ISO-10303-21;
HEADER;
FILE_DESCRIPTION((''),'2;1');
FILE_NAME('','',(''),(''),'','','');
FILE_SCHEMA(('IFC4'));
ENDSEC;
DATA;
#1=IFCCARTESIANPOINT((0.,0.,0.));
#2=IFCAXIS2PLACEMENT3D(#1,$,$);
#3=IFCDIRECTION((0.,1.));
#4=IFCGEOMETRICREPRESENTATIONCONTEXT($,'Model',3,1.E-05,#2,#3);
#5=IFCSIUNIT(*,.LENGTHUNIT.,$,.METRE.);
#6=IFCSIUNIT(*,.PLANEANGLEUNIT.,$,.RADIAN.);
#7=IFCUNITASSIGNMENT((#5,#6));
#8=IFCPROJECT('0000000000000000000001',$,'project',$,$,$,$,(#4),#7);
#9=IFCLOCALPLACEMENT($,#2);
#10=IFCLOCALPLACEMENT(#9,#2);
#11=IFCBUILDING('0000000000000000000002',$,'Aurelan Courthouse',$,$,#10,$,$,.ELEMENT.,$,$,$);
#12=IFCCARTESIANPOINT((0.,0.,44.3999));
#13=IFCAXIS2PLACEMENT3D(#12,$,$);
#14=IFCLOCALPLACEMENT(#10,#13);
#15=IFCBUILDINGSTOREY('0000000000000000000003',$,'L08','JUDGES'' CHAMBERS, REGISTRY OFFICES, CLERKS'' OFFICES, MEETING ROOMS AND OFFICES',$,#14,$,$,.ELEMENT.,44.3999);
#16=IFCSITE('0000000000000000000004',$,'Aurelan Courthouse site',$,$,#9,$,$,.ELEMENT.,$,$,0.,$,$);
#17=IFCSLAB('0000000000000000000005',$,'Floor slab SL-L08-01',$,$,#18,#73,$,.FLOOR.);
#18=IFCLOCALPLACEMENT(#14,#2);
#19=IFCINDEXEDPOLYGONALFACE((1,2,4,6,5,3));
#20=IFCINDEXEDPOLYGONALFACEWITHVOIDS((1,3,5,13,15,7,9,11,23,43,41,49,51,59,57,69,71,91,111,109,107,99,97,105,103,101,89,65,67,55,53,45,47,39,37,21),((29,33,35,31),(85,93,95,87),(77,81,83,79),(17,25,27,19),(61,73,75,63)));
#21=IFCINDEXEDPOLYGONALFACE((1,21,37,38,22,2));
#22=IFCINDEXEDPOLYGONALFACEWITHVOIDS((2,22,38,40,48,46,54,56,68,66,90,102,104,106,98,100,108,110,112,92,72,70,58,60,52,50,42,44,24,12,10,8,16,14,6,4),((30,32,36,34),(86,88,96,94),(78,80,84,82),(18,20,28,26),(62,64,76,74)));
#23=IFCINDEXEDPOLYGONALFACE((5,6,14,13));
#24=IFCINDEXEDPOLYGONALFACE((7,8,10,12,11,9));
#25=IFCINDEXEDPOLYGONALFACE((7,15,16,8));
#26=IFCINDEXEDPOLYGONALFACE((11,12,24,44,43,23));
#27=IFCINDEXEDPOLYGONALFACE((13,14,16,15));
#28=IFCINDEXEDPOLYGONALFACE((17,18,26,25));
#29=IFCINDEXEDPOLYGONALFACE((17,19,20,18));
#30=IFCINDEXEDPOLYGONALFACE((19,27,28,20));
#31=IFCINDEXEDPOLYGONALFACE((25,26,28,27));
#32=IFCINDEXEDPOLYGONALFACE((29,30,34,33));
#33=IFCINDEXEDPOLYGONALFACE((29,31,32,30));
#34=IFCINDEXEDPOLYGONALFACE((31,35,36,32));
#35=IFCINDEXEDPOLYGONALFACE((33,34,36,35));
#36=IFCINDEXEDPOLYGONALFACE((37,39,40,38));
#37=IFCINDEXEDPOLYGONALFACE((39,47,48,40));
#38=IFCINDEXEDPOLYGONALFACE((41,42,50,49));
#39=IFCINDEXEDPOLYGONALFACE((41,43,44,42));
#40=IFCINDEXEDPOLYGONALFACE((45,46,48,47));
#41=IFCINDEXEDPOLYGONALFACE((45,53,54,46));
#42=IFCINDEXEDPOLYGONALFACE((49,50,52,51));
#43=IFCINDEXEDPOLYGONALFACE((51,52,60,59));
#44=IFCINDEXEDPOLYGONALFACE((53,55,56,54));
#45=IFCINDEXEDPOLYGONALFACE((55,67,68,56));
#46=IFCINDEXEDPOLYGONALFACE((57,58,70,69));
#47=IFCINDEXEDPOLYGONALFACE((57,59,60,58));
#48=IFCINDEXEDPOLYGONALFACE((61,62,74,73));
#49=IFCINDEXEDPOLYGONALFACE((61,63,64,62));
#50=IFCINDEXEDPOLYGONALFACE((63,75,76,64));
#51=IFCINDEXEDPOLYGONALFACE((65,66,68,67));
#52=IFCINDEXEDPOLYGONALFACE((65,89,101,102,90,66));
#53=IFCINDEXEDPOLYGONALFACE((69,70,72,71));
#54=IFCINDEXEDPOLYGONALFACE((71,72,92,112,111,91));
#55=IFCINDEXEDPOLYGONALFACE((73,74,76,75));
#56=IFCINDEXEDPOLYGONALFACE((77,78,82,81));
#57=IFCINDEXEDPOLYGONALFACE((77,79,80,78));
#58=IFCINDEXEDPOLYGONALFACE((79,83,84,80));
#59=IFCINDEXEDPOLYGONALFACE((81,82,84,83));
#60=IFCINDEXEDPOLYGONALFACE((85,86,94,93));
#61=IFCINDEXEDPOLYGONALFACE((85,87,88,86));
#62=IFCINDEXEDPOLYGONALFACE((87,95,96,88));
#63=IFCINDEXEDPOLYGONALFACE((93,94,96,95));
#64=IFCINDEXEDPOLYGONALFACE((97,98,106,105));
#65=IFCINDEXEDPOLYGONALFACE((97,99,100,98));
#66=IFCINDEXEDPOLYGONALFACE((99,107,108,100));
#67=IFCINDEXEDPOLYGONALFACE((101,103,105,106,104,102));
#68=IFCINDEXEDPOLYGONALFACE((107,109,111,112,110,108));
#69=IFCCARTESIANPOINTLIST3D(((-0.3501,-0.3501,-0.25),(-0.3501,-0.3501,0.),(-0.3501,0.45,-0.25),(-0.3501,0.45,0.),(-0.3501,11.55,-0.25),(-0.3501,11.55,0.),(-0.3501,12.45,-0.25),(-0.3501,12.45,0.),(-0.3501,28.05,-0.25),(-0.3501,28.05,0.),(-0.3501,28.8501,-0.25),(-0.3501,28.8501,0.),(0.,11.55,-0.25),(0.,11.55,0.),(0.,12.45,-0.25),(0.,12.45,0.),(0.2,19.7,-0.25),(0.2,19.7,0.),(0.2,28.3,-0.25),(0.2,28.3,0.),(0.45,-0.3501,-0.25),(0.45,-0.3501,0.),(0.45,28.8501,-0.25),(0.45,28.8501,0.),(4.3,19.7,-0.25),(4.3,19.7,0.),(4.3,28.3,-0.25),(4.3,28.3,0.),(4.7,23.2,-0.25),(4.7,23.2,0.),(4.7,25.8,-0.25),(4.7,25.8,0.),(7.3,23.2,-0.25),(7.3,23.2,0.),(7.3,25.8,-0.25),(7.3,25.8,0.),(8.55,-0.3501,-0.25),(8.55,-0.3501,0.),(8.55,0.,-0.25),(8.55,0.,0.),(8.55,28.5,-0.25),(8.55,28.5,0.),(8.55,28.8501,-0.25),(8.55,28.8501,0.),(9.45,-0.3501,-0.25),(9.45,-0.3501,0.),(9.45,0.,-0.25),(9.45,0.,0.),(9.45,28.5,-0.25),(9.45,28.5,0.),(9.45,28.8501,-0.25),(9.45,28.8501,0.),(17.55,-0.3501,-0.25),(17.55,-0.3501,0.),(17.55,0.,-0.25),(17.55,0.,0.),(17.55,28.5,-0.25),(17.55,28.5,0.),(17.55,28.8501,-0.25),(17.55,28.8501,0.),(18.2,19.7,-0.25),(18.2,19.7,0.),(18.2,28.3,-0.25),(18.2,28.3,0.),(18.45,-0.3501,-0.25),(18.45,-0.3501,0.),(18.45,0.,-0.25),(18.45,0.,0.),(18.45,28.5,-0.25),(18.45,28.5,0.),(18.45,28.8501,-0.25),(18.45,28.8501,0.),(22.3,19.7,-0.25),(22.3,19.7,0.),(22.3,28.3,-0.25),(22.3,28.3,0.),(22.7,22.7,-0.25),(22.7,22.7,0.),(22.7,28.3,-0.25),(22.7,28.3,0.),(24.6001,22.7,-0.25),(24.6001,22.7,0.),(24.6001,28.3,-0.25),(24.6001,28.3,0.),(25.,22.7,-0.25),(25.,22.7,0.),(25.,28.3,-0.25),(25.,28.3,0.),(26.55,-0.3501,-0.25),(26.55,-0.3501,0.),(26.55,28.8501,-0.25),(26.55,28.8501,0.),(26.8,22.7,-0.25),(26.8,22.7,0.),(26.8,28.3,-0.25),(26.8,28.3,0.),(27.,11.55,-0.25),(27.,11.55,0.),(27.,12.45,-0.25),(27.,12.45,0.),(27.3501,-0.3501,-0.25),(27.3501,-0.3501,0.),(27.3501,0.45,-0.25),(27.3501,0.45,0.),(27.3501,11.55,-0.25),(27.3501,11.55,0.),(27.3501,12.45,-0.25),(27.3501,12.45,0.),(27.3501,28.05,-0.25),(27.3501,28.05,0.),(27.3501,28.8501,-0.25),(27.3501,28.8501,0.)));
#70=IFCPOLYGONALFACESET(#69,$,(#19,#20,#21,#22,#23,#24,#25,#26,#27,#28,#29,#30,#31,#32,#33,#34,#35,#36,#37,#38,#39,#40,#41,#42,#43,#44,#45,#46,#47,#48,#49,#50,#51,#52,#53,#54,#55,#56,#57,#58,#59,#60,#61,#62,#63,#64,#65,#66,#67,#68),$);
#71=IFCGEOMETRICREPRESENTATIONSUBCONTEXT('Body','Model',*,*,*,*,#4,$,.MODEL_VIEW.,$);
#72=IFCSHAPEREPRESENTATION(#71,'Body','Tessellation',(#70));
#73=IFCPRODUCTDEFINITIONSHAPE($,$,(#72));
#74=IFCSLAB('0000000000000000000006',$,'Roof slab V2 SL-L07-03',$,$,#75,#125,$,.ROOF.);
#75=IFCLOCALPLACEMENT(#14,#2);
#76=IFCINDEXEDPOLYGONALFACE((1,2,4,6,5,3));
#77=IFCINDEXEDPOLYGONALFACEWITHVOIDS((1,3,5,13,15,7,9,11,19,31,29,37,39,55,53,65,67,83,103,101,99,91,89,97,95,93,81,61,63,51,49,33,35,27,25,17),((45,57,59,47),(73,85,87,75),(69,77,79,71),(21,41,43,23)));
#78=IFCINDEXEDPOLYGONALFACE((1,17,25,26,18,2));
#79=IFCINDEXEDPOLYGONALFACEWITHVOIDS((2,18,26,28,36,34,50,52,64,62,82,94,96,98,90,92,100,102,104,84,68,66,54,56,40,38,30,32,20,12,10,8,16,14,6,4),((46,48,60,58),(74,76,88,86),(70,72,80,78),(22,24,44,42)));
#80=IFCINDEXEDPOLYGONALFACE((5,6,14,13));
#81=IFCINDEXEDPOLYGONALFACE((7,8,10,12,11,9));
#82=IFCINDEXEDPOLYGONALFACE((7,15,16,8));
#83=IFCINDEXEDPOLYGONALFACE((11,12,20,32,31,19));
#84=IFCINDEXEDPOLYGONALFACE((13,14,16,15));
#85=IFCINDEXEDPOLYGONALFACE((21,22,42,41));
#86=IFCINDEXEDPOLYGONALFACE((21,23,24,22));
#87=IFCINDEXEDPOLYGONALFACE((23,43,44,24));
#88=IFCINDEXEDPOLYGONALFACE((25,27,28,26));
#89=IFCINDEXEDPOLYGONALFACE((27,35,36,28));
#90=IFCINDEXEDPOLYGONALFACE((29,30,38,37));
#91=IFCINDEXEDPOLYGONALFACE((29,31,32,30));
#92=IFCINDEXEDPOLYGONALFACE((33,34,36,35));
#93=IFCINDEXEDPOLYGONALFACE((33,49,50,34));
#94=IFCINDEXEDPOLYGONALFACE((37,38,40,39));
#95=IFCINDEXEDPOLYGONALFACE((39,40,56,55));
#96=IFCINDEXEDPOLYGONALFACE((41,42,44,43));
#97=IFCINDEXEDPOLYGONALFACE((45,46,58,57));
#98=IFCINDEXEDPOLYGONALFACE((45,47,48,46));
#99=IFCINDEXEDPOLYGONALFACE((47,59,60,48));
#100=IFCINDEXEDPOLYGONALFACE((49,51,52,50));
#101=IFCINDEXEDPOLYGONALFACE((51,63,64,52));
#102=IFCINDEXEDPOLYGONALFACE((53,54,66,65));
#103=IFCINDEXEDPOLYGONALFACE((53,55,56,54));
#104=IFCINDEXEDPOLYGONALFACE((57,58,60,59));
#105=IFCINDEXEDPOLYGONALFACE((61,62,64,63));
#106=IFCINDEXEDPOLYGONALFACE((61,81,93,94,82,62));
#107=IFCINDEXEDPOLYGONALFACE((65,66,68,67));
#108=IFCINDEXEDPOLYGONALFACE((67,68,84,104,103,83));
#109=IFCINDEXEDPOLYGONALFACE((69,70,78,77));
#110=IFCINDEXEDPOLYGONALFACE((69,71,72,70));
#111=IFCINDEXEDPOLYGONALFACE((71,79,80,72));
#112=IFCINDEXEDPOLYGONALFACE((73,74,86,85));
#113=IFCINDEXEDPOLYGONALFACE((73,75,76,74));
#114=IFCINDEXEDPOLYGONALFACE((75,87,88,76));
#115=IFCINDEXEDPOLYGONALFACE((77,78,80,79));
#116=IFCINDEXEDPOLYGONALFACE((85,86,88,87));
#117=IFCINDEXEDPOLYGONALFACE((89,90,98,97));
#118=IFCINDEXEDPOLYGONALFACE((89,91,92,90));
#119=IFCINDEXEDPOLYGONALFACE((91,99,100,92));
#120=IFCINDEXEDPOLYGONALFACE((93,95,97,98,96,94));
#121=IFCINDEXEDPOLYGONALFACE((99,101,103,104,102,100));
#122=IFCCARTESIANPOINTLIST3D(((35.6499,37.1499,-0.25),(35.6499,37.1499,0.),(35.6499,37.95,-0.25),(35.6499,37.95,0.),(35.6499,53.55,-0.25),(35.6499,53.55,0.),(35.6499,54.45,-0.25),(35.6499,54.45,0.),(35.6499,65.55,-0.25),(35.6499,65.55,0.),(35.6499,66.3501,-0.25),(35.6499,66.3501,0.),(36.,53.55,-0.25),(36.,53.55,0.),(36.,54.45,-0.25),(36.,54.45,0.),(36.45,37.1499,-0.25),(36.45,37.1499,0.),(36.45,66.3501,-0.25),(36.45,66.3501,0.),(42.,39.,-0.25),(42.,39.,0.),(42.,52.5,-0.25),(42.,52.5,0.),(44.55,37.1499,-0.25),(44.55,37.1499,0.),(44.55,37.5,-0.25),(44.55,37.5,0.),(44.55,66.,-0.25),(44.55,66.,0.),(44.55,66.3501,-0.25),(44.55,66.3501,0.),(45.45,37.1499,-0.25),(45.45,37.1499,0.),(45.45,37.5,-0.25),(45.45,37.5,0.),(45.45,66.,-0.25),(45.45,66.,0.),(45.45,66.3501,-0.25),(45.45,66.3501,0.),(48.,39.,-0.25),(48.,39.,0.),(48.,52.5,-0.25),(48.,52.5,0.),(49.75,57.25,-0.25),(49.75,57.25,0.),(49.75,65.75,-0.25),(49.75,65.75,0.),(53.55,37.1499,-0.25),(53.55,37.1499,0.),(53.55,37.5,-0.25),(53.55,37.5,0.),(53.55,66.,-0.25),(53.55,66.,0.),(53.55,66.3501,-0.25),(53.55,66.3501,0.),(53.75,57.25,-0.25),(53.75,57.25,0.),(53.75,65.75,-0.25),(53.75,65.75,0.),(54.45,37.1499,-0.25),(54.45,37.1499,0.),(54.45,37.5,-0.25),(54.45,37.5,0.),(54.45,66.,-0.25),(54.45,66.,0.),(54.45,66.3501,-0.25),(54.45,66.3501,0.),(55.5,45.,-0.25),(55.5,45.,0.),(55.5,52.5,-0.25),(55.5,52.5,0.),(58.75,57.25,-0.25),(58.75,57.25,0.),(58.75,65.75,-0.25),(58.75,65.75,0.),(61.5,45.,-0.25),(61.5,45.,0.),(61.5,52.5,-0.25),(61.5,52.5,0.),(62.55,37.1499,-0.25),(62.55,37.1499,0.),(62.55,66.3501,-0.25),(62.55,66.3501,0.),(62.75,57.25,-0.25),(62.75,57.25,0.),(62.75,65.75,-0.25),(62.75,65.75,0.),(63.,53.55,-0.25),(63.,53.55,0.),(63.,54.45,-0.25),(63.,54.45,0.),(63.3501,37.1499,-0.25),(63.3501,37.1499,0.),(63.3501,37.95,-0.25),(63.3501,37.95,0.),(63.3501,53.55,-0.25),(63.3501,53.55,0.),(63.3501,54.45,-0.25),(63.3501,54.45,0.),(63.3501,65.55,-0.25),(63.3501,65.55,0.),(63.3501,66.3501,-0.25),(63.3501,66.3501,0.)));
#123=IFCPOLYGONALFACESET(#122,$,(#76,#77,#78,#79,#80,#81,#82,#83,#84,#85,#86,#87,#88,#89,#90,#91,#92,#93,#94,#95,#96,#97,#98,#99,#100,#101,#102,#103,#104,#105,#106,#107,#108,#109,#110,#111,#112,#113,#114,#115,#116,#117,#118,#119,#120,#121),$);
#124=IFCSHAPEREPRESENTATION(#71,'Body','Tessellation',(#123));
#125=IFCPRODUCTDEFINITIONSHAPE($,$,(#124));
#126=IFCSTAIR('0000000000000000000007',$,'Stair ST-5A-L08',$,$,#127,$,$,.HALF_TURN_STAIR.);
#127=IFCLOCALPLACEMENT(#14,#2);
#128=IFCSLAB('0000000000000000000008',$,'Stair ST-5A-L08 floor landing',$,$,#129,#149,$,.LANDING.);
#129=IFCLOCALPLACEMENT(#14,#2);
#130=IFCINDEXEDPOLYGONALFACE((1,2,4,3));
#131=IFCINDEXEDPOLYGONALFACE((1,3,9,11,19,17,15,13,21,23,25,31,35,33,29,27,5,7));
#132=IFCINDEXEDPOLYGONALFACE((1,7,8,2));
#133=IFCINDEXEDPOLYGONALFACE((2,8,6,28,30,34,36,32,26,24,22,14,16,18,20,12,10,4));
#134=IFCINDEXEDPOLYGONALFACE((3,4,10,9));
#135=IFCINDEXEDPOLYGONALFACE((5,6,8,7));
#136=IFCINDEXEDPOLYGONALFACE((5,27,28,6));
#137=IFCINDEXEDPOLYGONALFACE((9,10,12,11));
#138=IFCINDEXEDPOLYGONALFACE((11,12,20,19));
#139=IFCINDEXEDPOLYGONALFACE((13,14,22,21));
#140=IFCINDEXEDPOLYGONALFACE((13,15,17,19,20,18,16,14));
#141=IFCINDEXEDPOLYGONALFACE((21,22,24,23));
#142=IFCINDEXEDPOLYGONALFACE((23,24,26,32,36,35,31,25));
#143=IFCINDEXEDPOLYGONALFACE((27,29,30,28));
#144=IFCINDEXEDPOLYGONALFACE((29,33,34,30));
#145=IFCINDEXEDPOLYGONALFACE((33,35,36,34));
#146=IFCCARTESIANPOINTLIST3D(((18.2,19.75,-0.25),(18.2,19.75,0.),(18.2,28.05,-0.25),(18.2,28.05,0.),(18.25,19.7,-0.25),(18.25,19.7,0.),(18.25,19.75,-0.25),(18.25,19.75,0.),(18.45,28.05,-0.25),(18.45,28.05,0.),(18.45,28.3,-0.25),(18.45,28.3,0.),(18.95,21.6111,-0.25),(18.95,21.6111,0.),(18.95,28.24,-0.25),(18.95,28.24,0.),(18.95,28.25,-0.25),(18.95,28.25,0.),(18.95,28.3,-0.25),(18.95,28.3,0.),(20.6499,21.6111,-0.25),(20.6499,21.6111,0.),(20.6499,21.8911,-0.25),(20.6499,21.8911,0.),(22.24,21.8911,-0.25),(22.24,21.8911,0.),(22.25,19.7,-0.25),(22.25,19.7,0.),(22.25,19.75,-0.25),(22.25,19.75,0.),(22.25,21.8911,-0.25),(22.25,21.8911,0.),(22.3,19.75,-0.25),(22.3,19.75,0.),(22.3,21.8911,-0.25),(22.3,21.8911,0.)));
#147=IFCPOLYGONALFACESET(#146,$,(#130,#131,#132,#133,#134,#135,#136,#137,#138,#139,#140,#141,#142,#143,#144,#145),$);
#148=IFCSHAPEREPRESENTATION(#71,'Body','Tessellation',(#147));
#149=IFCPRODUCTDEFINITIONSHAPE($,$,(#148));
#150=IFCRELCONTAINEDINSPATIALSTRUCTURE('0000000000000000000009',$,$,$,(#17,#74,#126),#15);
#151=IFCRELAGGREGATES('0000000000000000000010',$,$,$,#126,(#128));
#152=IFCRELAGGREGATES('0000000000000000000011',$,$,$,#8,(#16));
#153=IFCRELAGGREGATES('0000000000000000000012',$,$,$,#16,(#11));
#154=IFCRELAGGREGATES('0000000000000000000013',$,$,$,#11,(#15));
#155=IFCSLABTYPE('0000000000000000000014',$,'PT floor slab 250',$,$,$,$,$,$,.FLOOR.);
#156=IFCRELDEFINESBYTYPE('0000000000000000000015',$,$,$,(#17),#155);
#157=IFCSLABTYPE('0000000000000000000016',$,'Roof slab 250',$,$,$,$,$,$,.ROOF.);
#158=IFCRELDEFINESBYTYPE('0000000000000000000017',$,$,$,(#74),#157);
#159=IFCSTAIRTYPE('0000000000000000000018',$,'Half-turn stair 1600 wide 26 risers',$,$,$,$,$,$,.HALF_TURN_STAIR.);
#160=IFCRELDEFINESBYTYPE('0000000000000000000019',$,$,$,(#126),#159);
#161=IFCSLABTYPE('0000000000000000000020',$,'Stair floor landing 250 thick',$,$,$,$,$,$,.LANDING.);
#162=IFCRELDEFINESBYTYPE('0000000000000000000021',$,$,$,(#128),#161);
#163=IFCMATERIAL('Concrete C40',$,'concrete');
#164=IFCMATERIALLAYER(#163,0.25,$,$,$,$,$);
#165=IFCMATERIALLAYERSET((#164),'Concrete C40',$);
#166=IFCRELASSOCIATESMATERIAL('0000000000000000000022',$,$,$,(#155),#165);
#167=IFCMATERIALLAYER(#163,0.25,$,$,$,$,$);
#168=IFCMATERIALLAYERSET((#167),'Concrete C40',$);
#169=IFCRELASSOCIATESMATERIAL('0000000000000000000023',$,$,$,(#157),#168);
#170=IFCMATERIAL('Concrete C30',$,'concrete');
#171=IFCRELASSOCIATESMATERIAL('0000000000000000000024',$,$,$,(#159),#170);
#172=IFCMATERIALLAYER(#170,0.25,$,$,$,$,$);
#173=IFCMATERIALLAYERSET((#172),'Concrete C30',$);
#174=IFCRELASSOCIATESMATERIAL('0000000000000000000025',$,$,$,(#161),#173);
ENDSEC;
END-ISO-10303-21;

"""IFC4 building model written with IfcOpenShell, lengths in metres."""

from ifc_helpers import new_model, si_unit, direction, frame, origin, place, context, subcontext, project, spatial, polyline, outline, extrude, material, layer, layer_set, type_object, element, aggregate, save


model = new_model("IFC4")

# Units and contexts
model_context = context("Model", 3, precision=1e-05, world=origin(), true_north=direction((0.0, 1.0)))
body_context = subcontext(model_context, "Body", "Model", "MODEL_VIEW")
ifc_project = project(units=[si_unit("LENGTHUNIT", "METRE"), si_unit("PLANEANGLEUNIT", "RADIAN")], contexts=[model_context])

# Site, building, storey
site_placement = place(None, origin())
site = spatial("IfcSite", under=ifc_project, at=site_placement, Name="Aurelan Courthouse site", CompositionType="ELEMENT", RefElevation=0.0)
building_placement = place(site_placement, origin())
building = spatial("IfcBuilding", under=site, at=building_placement, Name="Aurelan Courthouse", CompositionType="ELEMENT")
storey_placement = place(building_placement, frame((0.0, 0.0, 44.3999)))
storey = spatial("IfcBuildingStorey", under=building, at=storey_placement, Name="L08", Description="JUDGES' CHAMBERS, REGISTRY OFFICES, CLERKS' OFFICES, MEETING ROOMS AND OFFICES", CompositionType="ELEMENT", Elevation=44.3999)

# Slabs
ifc_material_1 = material(Name="Concrete C40", Category="concrete")
ifc_layer_1 = layer(ifc_material_1, 0.25)
ifc_layer_set_1 = layer_set([ifc_layer_1], Name="Concrete C40")
slab_type_1 = type_object("IfcSlabType", Name="PT floor slab 250", PredefinedType="FLOOR", material=ifc_layer_set_1)
slab_1_placement = place(storey_placement, frame((0.0, 0.0, -0.25)))
element("IfcSlab", 1, at=slab_1_placement, inside=storey, type_object=slab_type_1, Name="Floor slab SL-L08-01", PredefinedType="FLOOR", context=body_context, shape_type="SweptSolid", body=[
    extrude(outline(polyline([(0.0, 12.45), (0.0, 11.55), (-0.3501, 11.55), (-0.3501, 0.45), (-0.3501, -0.3501), (0.45, -0.3501), (8.55, -0.3501), (8.55, 0.0), (9.45, 0.0), (9.45, -0.3501), (17.55, -0.3501), (17.55, 0.0), (18.45, 0.0), (18.45, -0.3501), (26.55, -0.3501), (27.3501, -0.3501), (27.3501, 0.45), (27.3501, 11.55), (27.0, 11.55), (27.0, 12.45), (27.3501, 12.45), (27.3501, 28.05), (27.3501, 28.8501), (26.55, 28.8501), (18.45, 28.8501), (18.45, 28.5), (17.55, 28.5), (17.55, 28.8501), (9.45, 28.8501), (9.45, 28.5), (8.55, 28.5), (8.55, 28.8501), (0.45, 28.8501), (-0.3501, 28.8501), (-0.3501, 28.05), (-0.3501, 12.45), (0.0, 12.45)]), holes=[polyline([(26.8, 28.3), (26.8, 22.7), (25.0, 22.7), (25.0, 28.3), (26.8, 28.3)]), polyline([(22.7, 28.3), (24.6001, 28.3), (24.6001, 22.7), (22.7, 22.7), (22.7, 28.3)]), polyline([(22.3, 28.3), (22.3, 19.7), (18.2, 19.7), (18.2, 28.3), (22.3, 28.3)]), polyline([(4.7, 23.2), (4.7, 25.8), (7.3, 25.8), (7.3, 23.2), (4.7, 23.2)]), polyline([(4.3, 19.7), (0.2, 19.7), (0.2, 28.3), (4.3, 28.3), (4.3, 19.7)])]), origin(), (0.0, 0.0, 1.0), 0.25),
])
ifc_layer_2 = layer(ifc_material_1, 0.25)
ifc_layer_set_2 = layer_set([ifc_layer_2], Name="Concrete C40")
slab_type_2 = type_object("IfcSlabType", Name="Roof slab 250", PredefinedType="ROOF", material=ifc_layer_set_2)
slab_2_placement = place(storey_placement, frame((0.0, 0.0, -0.25)))
element("IfcSlab", 2, at=slab_2_placement, inside=storey, type_object=slab_type_2, Name="Roof slab V2 SL-L07-03", PredefinedType="ROOF", context=body_context, shape_type="SweptSolid", body=[
    extrude(outline(polyline([(35.6499, 37.95), (35.6499, 37.1499), (36.45, 37.1499), (44.55, 37.1499), (44.55, 37.5), (45.45, 37.5), (45.45, 37.1499), (53.55, 37.1499), (53.55, 37.5), (54.45, 37.5), (54.45, 37.1499), (62.55, 37.1499), (63.3501, 37.1499), (63.3501, 37.95), (63.3501, 53.55), (63.0, 53.55), (63.0, 54.45), (63.3501, 54.45), (63.3501, 65.55), (63.3501, 66.3501), (62.55, 66.3501), (54.45, 66.3501), (54.45, 66.0), (53.55, 66.0), (53.55, 66.3501), (45.45, 66.3501), (45.45, 66.0), (44.55, 66.0), (44.55, 66.3501), (36.45, 66.3501), (35.6499, 66.3501), (35.6499, 65.55), (35.6499, 54.45), (36.0, 54.45), (36.0, 53.55), (35.6499, 53.55), (35.6499, 37.95)]), holes=[polyline([(62.75, 65.75), (62.75, 57.25), (58.75, 57.25), (58.75, 65.75), (62.75, 65.75)]), polyline([(55.5, 45.0), (55.5, 52.5), (61.5, 52.5), (61.5, 45.0), (55.5, 45.0)]), polyline([(49.75, 65.75), (53.75, 65.75), (53.75, 57.25), (49.75, 57.25), (49.75, 65.75)]), polyline([(48.0, 39.0), (42.0, 39.0), (42.0, 52.5), (48.0, 52.5), (48.0, 39.0)])]), origin(), (0.0, 0.0, 1.0), 0.25),
])

# Stair, slab
ifc_material_2 = material(Name="Concrete C30", Category="concrete")
stair_type_1 = type_object("IfcStairType", Name="Half-turn stair 1600 wide 26 risers", PredefinedType="HALF_TURN_STAIR", material=ifc_material_2)
stair_1_placement = place(storey_placement, origin())
stair_1 = element("IfcStair", 3, at=stair_1_placement, inside=storey, type_object=stair_type_1, Name="Stair ST-5A-L08", PredefinedType="HALF_TURN_STAIR")
ifc_layer_3 = layer(ifc_material_2, 0.25)
ifc_layer_set_3 = layer_set([ifc_layer_3], Name="Concrete C30")
slab_type_3 = type_object("IfcSlabType", Name="Stair floor landing 250 thick", PredefinedType="LANDING", material=ifc_layer_set_3)
slab_3_placement = place(storey_placement, frame((0.0, 0.0, -0.25)))
slab_3 = element("IfcSlab", 4, at=slab_3_placement, type_object=slab_type_3, Name="Stair ST-5A-L08 floor landing", PredefinedType="LANDING", context=body_context, shape_type="SweptSolid", body=[
    extrude(outline(polyline([(22.3, 21.8911), (22.3, 19.75), (22.25, 19.75), (22.25, 19.7), (18.25, 19.7), (18.25, 19.75), (18.2, 19.75), (18.2, 28.05), (18.45, 28.05), (18.45, 28.3), (18.95, 28.3), (18.95, 28.25), (18.95, 28.24), (18.95, 21.6111), (20.6499, 21.6111), (20.6499, 21.8911), (22.24, 21.8911), (22.25, 21.8911), (22.3, 21.8911)])), origin(), (0.0, 0.0, 1.0), 0.25),
])
aggregate(stair_1, [slab_3])

save(model, "model.ifc")
